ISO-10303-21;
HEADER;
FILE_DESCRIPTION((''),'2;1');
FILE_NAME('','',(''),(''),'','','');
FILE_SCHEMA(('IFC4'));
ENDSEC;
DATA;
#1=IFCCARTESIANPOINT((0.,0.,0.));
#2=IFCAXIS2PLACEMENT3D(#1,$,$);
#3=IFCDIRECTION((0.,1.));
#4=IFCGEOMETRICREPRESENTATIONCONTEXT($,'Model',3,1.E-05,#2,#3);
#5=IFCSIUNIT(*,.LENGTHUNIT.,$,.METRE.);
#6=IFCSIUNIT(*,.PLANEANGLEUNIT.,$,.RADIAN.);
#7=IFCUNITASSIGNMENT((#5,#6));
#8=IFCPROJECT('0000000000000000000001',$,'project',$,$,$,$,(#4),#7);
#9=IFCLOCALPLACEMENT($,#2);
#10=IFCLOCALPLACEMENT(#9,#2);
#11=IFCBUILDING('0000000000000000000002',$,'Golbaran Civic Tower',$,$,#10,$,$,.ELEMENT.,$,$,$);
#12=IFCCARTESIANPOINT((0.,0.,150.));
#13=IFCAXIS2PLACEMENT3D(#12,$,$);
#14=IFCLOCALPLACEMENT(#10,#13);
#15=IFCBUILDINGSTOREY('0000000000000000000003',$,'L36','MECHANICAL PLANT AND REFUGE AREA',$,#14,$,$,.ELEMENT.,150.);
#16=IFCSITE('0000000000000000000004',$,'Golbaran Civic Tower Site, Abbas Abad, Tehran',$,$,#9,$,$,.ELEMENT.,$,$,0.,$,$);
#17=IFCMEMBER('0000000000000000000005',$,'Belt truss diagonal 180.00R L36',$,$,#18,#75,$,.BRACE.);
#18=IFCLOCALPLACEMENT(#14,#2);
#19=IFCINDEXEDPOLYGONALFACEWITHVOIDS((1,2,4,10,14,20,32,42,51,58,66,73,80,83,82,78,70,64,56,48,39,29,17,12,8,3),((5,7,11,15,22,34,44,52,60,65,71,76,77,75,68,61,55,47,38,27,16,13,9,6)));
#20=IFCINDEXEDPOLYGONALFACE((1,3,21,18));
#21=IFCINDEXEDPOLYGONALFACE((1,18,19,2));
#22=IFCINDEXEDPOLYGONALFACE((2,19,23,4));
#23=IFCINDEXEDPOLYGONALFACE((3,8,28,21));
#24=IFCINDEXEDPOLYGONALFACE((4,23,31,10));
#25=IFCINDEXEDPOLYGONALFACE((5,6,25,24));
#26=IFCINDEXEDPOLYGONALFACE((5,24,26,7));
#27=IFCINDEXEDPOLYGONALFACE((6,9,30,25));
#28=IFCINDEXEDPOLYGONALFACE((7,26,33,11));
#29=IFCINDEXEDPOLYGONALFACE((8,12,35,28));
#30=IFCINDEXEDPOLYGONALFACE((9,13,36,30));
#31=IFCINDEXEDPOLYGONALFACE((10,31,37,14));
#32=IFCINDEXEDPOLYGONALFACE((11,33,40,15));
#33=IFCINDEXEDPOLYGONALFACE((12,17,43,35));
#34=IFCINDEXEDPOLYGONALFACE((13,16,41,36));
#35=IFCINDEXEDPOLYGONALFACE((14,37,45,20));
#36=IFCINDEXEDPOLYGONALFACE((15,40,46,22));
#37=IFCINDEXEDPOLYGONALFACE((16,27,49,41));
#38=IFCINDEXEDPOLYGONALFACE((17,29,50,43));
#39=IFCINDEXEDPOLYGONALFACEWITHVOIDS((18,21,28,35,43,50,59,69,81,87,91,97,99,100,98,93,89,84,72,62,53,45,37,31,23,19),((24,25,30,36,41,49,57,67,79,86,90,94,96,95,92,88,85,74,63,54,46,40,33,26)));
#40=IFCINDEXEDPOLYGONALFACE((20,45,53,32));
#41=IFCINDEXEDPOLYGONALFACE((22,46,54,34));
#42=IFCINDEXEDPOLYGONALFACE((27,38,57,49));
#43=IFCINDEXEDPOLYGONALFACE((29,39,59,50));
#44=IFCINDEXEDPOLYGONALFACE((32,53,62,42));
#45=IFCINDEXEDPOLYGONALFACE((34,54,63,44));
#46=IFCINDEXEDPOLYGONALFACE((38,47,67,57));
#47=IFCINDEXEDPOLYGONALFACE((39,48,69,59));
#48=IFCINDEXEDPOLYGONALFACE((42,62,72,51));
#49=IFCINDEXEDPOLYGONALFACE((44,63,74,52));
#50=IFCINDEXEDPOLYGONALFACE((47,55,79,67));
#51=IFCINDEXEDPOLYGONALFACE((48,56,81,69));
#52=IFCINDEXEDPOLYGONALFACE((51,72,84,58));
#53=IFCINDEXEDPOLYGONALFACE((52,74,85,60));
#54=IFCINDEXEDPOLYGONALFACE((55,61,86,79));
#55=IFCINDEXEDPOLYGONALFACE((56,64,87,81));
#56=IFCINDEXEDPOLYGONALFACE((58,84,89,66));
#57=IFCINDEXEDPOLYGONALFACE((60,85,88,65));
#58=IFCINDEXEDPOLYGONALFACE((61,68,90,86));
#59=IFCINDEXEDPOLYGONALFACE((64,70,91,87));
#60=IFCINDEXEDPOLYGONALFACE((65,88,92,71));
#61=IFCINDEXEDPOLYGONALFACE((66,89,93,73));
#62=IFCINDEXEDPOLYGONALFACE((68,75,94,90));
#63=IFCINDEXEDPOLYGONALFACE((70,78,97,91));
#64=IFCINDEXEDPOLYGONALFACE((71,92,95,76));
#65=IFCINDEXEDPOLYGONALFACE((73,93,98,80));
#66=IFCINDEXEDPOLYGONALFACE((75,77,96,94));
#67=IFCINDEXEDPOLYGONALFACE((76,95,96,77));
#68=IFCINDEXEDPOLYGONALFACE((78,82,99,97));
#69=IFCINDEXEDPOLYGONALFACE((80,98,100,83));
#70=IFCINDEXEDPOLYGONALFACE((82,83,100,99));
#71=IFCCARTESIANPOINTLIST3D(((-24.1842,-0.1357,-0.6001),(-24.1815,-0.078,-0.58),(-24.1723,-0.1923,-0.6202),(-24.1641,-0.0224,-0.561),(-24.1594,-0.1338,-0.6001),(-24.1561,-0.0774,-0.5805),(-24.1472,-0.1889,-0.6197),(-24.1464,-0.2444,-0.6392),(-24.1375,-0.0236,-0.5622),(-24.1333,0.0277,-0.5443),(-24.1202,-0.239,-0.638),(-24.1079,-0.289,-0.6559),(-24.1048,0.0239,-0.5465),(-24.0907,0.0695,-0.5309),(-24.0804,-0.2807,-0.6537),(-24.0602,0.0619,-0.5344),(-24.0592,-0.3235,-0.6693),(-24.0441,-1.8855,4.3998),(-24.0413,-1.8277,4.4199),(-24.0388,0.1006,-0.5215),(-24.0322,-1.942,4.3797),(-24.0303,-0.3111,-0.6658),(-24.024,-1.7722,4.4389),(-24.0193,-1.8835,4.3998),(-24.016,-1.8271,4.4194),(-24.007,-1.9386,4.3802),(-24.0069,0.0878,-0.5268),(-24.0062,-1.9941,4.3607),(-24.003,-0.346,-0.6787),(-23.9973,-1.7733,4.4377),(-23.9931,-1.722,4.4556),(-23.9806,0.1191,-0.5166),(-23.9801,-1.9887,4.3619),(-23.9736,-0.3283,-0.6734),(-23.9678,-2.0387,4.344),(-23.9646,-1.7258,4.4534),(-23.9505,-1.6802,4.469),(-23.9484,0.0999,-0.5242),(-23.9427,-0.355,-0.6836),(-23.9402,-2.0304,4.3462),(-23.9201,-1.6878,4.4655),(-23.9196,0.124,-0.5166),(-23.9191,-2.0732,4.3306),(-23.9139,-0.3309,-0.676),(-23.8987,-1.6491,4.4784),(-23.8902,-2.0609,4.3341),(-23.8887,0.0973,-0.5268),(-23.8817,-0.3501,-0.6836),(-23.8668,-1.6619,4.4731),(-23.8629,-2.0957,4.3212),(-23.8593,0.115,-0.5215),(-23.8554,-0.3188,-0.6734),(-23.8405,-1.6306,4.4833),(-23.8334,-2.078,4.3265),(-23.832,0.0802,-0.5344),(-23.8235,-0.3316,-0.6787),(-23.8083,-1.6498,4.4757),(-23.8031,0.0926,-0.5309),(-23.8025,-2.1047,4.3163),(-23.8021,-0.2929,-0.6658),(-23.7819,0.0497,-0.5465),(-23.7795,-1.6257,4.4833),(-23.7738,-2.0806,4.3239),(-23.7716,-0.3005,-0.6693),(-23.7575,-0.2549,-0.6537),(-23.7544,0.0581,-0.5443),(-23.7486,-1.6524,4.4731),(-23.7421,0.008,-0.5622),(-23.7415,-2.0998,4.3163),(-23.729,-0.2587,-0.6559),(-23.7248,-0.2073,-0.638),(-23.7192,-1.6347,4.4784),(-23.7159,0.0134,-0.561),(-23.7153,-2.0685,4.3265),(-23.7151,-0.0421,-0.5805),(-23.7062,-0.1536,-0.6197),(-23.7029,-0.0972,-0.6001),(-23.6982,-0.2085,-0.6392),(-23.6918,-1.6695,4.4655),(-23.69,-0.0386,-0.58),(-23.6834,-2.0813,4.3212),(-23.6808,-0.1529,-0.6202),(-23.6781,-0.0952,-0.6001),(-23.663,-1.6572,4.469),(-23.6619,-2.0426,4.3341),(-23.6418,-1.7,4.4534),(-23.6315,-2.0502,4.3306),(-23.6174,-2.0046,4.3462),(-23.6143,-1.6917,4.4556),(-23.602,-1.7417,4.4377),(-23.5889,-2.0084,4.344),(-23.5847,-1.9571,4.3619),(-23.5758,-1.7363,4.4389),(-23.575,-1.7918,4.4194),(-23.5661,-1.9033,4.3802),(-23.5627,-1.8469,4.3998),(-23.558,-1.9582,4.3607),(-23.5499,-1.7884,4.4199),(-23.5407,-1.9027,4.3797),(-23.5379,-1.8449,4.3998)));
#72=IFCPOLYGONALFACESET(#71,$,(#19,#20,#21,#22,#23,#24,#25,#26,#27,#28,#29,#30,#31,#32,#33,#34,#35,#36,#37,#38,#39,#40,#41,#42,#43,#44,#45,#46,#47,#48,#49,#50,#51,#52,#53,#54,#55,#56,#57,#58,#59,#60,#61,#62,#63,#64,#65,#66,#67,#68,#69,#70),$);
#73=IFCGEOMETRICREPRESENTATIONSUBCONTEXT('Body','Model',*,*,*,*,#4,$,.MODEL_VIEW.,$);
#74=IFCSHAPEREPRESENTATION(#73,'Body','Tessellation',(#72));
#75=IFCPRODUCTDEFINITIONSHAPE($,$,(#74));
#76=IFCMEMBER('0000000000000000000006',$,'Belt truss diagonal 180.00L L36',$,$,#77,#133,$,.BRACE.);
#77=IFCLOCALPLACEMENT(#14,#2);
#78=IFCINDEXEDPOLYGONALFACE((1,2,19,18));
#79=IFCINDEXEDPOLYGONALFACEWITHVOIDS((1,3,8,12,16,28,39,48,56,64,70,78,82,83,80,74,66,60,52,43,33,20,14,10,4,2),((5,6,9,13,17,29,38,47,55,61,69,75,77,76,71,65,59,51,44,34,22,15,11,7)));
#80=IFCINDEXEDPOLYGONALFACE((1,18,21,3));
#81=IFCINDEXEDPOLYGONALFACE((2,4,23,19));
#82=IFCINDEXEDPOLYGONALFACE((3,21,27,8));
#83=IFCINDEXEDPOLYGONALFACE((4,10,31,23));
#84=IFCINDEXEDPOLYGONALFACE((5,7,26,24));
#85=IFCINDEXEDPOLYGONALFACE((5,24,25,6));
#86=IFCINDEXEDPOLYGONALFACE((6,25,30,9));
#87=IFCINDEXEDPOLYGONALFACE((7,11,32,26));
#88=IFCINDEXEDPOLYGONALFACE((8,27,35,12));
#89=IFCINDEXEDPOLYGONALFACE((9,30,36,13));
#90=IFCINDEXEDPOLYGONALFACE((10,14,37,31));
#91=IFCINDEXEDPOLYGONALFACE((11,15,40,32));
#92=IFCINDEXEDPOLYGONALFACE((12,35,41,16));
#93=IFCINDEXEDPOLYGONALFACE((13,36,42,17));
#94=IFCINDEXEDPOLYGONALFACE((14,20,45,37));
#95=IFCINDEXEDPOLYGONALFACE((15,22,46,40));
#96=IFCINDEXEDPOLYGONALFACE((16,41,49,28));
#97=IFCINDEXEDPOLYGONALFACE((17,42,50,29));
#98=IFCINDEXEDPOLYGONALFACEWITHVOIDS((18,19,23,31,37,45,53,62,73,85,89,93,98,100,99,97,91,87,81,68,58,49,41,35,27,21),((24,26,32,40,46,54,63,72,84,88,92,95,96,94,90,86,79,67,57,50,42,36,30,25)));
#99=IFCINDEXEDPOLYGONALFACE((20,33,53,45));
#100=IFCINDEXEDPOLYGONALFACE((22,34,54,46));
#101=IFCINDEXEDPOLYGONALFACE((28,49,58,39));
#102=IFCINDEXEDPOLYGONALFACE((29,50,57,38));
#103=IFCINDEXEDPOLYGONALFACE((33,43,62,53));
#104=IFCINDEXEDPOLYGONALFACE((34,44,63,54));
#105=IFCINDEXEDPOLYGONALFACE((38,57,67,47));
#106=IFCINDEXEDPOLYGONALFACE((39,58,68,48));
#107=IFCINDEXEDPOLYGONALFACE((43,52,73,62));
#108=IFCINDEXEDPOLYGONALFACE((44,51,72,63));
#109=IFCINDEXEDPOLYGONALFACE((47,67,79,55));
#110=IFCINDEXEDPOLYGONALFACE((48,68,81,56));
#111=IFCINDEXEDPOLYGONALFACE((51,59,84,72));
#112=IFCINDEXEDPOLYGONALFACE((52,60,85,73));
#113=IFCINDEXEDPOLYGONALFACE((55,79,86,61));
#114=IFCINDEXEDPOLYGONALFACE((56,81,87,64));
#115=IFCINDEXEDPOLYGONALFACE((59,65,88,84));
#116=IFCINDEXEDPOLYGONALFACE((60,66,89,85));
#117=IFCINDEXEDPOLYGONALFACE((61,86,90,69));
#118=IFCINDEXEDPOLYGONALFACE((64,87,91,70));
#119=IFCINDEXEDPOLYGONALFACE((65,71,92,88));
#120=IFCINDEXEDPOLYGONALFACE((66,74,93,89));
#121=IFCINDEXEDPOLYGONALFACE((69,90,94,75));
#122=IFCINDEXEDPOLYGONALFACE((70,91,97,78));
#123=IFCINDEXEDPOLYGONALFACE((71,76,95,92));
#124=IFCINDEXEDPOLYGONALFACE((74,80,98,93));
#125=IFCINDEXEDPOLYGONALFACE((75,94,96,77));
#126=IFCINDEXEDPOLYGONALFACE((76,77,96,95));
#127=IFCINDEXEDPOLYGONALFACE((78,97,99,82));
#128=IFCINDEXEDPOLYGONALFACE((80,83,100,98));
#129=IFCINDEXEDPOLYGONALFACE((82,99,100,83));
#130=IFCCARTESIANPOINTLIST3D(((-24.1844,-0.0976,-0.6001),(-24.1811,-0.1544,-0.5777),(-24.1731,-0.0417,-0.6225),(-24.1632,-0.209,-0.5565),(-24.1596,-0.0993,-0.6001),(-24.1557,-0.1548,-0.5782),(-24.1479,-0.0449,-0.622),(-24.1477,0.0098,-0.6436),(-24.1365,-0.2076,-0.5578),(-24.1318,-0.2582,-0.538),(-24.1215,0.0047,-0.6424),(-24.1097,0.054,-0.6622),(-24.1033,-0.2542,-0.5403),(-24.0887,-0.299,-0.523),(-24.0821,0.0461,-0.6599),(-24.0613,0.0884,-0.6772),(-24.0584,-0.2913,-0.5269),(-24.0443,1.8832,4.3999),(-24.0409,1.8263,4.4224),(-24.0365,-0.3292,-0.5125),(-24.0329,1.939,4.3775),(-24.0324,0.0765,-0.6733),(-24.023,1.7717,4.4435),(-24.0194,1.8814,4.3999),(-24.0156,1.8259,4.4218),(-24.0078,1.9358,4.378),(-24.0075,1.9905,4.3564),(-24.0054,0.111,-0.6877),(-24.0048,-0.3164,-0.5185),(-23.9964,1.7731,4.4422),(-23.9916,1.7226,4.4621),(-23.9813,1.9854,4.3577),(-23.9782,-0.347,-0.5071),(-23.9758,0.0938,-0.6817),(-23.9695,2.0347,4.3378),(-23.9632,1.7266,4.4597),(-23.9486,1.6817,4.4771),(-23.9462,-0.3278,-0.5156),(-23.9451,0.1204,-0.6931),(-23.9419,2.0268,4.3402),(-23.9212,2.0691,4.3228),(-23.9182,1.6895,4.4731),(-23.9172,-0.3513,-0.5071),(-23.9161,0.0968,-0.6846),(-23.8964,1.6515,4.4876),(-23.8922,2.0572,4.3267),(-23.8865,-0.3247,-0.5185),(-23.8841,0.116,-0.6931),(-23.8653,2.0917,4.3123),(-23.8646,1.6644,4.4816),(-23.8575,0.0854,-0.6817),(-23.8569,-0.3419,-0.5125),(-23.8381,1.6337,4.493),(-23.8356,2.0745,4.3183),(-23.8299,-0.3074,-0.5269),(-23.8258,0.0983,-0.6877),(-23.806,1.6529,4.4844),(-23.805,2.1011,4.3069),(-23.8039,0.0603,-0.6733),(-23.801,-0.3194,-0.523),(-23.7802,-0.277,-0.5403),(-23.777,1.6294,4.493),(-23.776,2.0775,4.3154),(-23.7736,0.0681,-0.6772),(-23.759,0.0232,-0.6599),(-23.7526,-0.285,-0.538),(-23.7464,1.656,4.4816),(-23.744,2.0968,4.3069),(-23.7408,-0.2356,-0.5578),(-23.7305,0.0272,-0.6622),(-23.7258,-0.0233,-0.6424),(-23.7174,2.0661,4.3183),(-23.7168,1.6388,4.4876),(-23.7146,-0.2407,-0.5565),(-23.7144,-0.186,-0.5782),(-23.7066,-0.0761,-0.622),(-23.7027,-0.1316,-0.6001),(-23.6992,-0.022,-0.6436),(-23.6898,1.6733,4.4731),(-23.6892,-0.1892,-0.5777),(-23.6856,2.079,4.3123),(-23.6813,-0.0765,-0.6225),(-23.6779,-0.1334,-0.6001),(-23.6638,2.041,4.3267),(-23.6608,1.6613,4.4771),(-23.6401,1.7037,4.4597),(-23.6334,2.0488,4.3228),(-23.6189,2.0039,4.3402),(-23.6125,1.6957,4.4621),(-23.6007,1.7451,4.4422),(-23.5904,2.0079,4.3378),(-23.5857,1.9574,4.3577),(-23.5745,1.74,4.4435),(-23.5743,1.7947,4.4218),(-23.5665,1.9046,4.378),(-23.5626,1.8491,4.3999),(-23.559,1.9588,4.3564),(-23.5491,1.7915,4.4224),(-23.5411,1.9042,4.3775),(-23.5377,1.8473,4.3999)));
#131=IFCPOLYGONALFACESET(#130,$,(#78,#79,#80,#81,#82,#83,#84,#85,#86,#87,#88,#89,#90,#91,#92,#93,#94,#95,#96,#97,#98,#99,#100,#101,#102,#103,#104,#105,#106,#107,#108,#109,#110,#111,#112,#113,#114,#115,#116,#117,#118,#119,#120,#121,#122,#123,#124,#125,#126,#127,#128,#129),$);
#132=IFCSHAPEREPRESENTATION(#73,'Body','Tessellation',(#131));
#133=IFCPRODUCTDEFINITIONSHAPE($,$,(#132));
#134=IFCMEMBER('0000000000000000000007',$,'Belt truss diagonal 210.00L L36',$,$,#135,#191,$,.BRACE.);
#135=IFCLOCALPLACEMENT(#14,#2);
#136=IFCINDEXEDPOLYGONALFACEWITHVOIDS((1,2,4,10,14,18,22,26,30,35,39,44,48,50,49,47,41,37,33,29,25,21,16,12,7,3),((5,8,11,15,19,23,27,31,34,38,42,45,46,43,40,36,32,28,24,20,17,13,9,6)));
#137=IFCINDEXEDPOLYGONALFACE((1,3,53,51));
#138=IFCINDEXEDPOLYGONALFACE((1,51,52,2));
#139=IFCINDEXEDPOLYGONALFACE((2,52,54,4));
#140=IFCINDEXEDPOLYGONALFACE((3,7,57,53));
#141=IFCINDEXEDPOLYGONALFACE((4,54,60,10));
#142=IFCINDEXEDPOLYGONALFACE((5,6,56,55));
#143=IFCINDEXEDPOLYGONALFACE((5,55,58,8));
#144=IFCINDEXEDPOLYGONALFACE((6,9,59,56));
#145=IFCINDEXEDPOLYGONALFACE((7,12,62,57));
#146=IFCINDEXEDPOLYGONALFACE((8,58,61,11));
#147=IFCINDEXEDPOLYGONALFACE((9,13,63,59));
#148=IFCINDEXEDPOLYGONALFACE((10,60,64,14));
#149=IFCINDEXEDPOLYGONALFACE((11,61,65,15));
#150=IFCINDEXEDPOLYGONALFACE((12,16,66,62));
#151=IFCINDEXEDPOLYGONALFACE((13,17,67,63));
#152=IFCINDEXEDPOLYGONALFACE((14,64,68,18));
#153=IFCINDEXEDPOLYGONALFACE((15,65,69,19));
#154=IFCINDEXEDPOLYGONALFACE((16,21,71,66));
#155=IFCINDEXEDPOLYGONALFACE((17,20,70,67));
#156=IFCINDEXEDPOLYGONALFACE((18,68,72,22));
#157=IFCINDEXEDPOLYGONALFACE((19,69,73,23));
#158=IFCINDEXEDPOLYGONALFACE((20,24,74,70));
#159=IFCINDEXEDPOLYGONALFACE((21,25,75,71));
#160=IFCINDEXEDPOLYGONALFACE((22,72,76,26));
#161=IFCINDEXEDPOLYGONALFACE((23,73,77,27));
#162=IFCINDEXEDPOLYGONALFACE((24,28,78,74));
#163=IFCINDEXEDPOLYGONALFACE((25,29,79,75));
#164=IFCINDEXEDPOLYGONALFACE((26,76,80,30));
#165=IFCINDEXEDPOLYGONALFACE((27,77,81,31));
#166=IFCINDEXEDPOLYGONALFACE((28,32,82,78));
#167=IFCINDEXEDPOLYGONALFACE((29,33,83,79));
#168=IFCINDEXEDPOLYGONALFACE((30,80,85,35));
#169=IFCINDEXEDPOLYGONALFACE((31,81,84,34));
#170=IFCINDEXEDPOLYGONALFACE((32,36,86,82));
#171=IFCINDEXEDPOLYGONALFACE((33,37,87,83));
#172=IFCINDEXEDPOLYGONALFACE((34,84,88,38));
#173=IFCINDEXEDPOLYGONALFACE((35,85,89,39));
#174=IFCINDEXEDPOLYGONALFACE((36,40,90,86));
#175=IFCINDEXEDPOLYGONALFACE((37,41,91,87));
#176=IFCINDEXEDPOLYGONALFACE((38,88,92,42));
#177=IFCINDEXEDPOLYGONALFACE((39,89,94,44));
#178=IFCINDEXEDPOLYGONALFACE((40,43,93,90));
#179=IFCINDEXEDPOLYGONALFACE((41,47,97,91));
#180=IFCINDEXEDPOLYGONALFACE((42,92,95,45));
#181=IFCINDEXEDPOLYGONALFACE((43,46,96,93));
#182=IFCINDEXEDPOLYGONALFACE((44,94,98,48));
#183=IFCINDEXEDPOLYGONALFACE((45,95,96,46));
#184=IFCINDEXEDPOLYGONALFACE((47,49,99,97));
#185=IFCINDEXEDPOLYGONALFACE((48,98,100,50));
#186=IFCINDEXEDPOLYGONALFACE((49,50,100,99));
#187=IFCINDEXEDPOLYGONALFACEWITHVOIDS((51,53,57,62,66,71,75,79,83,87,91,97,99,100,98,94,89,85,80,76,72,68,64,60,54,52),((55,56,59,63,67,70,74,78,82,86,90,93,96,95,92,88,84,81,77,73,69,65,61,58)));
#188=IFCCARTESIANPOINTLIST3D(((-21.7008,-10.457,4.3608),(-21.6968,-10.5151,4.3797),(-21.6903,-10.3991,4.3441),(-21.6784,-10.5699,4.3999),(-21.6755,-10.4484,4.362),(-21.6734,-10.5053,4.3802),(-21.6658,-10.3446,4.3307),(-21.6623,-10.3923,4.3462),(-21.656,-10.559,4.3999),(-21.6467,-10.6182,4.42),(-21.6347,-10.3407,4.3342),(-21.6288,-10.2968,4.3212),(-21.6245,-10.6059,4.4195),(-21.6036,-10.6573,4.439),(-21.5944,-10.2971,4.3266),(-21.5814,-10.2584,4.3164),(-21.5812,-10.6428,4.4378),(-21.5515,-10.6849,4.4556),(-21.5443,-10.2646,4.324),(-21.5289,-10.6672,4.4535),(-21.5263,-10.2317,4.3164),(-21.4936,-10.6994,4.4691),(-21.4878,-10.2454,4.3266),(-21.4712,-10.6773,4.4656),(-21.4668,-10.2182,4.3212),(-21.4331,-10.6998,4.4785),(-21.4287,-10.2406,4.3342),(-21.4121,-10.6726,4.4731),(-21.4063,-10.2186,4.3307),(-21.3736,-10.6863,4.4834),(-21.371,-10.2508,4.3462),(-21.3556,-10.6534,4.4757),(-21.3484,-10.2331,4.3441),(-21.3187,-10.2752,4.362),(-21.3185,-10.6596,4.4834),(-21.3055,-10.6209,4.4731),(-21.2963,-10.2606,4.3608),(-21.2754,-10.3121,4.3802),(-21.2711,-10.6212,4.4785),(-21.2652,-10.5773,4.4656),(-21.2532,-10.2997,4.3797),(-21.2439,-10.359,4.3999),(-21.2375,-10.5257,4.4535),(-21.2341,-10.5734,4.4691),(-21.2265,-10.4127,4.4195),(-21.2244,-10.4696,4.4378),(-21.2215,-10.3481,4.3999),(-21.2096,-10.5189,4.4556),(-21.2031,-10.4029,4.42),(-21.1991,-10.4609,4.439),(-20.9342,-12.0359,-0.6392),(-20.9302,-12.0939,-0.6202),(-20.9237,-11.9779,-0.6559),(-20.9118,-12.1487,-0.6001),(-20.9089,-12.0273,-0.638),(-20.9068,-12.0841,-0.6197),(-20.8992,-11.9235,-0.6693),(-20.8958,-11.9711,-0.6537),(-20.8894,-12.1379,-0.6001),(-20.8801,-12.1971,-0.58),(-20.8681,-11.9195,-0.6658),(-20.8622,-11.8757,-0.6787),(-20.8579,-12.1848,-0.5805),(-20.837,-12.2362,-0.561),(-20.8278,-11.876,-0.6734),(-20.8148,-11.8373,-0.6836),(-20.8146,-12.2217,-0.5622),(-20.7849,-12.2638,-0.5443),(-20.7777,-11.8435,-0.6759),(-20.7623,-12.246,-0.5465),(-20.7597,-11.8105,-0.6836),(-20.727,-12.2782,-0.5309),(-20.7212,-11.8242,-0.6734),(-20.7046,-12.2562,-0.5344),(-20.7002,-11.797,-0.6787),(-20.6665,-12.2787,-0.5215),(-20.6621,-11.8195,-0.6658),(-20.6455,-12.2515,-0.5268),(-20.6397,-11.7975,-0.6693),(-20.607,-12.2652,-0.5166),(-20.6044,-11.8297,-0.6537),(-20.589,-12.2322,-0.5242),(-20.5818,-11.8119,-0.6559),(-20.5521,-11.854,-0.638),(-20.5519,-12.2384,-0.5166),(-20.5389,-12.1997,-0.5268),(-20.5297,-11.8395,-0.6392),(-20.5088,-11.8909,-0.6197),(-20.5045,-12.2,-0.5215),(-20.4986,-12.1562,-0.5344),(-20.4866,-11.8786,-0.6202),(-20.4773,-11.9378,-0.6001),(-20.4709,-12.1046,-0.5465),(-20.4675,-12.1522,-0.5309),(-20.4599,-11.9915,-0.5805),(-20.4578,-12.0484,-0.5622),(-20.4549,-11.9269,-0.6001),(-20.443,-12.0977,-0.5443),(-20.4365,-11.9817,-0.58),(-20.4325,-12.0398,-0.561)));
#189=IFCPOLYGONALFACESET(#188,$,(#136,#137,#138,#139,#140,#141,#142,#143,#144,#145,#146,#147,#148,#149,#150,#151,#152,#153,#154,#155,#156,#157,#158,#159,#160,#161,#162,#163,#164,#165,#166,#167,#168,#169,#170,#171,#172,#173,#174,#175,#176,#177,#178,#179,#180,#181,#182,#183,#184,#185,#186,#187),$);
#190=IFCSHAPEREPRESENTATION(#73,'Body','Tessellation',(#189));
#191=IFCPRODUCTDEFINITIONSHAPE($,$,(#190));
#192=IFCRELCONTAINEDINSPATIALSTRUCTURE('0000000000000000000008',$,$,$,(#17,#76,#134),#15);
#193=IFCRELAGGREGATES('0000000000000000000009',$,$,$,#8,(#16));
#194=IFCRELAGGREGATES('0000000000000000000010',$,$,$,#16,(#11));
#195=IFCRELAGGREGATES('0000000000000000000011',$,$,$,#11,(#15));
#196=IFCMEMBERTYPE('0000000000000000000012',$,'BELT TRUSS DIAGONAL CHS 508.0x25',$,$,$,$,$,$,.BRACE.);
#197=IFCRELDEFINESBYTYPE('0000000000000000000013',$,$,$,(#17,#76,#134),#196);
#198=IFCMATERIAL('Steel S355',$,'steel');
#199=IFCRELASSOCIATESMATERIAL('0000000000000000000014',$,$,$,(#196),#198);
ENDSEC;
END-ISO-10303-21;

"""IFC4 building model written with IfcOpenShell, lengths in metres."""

from ifc_helpers import new_model, si_unit, direction, frame, origin, origin_2d, place, context, subcontext, project, spatial, hollow_circle, extrude, material, material_profile, profile_set, type_object, element, save


model = new_model("IFC4")

# Units and contexts
model_context = context("Model", 3, precision=1e-05, world=origin(), true_north=direction((0.0, 1.0)))
body_context = subcontext(model_context, "Body", "Model", "MODEL_VIEW")
ifc_project = project(units=[si_unit("LENGTHUNIT", "METRE"), si_unit("PLANEANGLEUNIT", "RADIAN")], contexts=[model_context])

# Site, building, storey
site_placement = place(None, origin())
site = spatial("IfcSite", under=ifc_project, at=site_placement, Name="Golbaran Civic Tower Site, Abbas Abad, Tehran", CompositionType="ELEMENT", RefElevation=0.0)
building_placement = place(site_placement, origin())
building = spatial("IfcBuilding", under=site, at=building_placement, Name="Golbaran Civic Tower", CompositionType="ELEMENT")
storey_placement = place(building_placement, frame((0.0, 0.0, 150.0)))
storey = spatial("IfcBuildingStorey", under=building, at=storey_placement, Name="L36", Description="MECHANICAL PLANT AND REFUGE AREA", CompositionType="ELEMENT", Elevation=150.0)

# Members
ifc_material_1 = material(Name="Steel S355", Category="steel")
ifc_material_profile_1 = material_profile(ifc_material_1, hollow_circle(Radius=0.2539, WallThickness=0.0249, at=origin_2d()), Name="CHS 508.0x25")
ifc_profile_set_1 = profile_set([ifc_material_profile_1], Name="Steel S355")
member_type_1 = type_object("IfcMemberType", Name="BELT TRUSS DIAGONAL CHS 508.0x25", PredefinedType="BRACE", material=ifc_profile_set_1)
member_1_placement = place(storey_placement, frame((-23.9312, -0.1155, -0.6001), z_axis=(0.026445, -0.330194, 0.943543), x_axis=(0.996808, 0.079834, 0.0)))
element("IfcMember", 1, at=member_1_placement, inside=storey, type_object=member_type_1, Name="Belt truss diagonal 180.00R L36", PredefinedType="BRACE", context=body_context, shape_type="SweptSolid", body=[
    extrude(hollow_circle(Radius=0.2539, WallThickness=0.0249, at=origin_2d()), origin(), (0.0, 0.0, 1.0), 5.2991),
])
member_2_placement = place(storey_placement, frame((-23.9312, -0.1155, -0.6001), z_axis=(0.026048, 0.368172, 0.929393), x_axis=(-0.997507, 0.070574, 0.0)))
element("IfcMember", 2, at=member_2_placement, inside=storey, type_object=member_type_1, Name="Belt truss diagonal 180.00L L36", PredefinedType="BRACE", context=body_context, shape_type="SweptSolid", body=[
    extrude(hollow_circle(Radius=0.2539, WallThickness=0.0249, at=origin_2d()), origin(), (0.0, 0.0, 1.0), 5.3799),
])
member_3_placement = place(storey_placement, frame((-20.6833, -12.0378, -0.6001), z_axis=(-0.144666, 0.297948, 0.943556), x_axis=(-0.899569, -0.436779, 0.0)))
element("IfcMember", 3, at=member_3_placement, inside=storey, type_object=member_type_1, Name="Belt truss diagonal 210.00L L36", PredefinedType="BRACE", context=body_context, shape_type="SweptSolid", body=[
    extrude(hollow_circle(Radius=0.2539, WallThickness=0.0249, at=origin_2d()), origin(), (0.0, 0.0, 1.0), 5.2991),
])

save(model, "model.ifc")
